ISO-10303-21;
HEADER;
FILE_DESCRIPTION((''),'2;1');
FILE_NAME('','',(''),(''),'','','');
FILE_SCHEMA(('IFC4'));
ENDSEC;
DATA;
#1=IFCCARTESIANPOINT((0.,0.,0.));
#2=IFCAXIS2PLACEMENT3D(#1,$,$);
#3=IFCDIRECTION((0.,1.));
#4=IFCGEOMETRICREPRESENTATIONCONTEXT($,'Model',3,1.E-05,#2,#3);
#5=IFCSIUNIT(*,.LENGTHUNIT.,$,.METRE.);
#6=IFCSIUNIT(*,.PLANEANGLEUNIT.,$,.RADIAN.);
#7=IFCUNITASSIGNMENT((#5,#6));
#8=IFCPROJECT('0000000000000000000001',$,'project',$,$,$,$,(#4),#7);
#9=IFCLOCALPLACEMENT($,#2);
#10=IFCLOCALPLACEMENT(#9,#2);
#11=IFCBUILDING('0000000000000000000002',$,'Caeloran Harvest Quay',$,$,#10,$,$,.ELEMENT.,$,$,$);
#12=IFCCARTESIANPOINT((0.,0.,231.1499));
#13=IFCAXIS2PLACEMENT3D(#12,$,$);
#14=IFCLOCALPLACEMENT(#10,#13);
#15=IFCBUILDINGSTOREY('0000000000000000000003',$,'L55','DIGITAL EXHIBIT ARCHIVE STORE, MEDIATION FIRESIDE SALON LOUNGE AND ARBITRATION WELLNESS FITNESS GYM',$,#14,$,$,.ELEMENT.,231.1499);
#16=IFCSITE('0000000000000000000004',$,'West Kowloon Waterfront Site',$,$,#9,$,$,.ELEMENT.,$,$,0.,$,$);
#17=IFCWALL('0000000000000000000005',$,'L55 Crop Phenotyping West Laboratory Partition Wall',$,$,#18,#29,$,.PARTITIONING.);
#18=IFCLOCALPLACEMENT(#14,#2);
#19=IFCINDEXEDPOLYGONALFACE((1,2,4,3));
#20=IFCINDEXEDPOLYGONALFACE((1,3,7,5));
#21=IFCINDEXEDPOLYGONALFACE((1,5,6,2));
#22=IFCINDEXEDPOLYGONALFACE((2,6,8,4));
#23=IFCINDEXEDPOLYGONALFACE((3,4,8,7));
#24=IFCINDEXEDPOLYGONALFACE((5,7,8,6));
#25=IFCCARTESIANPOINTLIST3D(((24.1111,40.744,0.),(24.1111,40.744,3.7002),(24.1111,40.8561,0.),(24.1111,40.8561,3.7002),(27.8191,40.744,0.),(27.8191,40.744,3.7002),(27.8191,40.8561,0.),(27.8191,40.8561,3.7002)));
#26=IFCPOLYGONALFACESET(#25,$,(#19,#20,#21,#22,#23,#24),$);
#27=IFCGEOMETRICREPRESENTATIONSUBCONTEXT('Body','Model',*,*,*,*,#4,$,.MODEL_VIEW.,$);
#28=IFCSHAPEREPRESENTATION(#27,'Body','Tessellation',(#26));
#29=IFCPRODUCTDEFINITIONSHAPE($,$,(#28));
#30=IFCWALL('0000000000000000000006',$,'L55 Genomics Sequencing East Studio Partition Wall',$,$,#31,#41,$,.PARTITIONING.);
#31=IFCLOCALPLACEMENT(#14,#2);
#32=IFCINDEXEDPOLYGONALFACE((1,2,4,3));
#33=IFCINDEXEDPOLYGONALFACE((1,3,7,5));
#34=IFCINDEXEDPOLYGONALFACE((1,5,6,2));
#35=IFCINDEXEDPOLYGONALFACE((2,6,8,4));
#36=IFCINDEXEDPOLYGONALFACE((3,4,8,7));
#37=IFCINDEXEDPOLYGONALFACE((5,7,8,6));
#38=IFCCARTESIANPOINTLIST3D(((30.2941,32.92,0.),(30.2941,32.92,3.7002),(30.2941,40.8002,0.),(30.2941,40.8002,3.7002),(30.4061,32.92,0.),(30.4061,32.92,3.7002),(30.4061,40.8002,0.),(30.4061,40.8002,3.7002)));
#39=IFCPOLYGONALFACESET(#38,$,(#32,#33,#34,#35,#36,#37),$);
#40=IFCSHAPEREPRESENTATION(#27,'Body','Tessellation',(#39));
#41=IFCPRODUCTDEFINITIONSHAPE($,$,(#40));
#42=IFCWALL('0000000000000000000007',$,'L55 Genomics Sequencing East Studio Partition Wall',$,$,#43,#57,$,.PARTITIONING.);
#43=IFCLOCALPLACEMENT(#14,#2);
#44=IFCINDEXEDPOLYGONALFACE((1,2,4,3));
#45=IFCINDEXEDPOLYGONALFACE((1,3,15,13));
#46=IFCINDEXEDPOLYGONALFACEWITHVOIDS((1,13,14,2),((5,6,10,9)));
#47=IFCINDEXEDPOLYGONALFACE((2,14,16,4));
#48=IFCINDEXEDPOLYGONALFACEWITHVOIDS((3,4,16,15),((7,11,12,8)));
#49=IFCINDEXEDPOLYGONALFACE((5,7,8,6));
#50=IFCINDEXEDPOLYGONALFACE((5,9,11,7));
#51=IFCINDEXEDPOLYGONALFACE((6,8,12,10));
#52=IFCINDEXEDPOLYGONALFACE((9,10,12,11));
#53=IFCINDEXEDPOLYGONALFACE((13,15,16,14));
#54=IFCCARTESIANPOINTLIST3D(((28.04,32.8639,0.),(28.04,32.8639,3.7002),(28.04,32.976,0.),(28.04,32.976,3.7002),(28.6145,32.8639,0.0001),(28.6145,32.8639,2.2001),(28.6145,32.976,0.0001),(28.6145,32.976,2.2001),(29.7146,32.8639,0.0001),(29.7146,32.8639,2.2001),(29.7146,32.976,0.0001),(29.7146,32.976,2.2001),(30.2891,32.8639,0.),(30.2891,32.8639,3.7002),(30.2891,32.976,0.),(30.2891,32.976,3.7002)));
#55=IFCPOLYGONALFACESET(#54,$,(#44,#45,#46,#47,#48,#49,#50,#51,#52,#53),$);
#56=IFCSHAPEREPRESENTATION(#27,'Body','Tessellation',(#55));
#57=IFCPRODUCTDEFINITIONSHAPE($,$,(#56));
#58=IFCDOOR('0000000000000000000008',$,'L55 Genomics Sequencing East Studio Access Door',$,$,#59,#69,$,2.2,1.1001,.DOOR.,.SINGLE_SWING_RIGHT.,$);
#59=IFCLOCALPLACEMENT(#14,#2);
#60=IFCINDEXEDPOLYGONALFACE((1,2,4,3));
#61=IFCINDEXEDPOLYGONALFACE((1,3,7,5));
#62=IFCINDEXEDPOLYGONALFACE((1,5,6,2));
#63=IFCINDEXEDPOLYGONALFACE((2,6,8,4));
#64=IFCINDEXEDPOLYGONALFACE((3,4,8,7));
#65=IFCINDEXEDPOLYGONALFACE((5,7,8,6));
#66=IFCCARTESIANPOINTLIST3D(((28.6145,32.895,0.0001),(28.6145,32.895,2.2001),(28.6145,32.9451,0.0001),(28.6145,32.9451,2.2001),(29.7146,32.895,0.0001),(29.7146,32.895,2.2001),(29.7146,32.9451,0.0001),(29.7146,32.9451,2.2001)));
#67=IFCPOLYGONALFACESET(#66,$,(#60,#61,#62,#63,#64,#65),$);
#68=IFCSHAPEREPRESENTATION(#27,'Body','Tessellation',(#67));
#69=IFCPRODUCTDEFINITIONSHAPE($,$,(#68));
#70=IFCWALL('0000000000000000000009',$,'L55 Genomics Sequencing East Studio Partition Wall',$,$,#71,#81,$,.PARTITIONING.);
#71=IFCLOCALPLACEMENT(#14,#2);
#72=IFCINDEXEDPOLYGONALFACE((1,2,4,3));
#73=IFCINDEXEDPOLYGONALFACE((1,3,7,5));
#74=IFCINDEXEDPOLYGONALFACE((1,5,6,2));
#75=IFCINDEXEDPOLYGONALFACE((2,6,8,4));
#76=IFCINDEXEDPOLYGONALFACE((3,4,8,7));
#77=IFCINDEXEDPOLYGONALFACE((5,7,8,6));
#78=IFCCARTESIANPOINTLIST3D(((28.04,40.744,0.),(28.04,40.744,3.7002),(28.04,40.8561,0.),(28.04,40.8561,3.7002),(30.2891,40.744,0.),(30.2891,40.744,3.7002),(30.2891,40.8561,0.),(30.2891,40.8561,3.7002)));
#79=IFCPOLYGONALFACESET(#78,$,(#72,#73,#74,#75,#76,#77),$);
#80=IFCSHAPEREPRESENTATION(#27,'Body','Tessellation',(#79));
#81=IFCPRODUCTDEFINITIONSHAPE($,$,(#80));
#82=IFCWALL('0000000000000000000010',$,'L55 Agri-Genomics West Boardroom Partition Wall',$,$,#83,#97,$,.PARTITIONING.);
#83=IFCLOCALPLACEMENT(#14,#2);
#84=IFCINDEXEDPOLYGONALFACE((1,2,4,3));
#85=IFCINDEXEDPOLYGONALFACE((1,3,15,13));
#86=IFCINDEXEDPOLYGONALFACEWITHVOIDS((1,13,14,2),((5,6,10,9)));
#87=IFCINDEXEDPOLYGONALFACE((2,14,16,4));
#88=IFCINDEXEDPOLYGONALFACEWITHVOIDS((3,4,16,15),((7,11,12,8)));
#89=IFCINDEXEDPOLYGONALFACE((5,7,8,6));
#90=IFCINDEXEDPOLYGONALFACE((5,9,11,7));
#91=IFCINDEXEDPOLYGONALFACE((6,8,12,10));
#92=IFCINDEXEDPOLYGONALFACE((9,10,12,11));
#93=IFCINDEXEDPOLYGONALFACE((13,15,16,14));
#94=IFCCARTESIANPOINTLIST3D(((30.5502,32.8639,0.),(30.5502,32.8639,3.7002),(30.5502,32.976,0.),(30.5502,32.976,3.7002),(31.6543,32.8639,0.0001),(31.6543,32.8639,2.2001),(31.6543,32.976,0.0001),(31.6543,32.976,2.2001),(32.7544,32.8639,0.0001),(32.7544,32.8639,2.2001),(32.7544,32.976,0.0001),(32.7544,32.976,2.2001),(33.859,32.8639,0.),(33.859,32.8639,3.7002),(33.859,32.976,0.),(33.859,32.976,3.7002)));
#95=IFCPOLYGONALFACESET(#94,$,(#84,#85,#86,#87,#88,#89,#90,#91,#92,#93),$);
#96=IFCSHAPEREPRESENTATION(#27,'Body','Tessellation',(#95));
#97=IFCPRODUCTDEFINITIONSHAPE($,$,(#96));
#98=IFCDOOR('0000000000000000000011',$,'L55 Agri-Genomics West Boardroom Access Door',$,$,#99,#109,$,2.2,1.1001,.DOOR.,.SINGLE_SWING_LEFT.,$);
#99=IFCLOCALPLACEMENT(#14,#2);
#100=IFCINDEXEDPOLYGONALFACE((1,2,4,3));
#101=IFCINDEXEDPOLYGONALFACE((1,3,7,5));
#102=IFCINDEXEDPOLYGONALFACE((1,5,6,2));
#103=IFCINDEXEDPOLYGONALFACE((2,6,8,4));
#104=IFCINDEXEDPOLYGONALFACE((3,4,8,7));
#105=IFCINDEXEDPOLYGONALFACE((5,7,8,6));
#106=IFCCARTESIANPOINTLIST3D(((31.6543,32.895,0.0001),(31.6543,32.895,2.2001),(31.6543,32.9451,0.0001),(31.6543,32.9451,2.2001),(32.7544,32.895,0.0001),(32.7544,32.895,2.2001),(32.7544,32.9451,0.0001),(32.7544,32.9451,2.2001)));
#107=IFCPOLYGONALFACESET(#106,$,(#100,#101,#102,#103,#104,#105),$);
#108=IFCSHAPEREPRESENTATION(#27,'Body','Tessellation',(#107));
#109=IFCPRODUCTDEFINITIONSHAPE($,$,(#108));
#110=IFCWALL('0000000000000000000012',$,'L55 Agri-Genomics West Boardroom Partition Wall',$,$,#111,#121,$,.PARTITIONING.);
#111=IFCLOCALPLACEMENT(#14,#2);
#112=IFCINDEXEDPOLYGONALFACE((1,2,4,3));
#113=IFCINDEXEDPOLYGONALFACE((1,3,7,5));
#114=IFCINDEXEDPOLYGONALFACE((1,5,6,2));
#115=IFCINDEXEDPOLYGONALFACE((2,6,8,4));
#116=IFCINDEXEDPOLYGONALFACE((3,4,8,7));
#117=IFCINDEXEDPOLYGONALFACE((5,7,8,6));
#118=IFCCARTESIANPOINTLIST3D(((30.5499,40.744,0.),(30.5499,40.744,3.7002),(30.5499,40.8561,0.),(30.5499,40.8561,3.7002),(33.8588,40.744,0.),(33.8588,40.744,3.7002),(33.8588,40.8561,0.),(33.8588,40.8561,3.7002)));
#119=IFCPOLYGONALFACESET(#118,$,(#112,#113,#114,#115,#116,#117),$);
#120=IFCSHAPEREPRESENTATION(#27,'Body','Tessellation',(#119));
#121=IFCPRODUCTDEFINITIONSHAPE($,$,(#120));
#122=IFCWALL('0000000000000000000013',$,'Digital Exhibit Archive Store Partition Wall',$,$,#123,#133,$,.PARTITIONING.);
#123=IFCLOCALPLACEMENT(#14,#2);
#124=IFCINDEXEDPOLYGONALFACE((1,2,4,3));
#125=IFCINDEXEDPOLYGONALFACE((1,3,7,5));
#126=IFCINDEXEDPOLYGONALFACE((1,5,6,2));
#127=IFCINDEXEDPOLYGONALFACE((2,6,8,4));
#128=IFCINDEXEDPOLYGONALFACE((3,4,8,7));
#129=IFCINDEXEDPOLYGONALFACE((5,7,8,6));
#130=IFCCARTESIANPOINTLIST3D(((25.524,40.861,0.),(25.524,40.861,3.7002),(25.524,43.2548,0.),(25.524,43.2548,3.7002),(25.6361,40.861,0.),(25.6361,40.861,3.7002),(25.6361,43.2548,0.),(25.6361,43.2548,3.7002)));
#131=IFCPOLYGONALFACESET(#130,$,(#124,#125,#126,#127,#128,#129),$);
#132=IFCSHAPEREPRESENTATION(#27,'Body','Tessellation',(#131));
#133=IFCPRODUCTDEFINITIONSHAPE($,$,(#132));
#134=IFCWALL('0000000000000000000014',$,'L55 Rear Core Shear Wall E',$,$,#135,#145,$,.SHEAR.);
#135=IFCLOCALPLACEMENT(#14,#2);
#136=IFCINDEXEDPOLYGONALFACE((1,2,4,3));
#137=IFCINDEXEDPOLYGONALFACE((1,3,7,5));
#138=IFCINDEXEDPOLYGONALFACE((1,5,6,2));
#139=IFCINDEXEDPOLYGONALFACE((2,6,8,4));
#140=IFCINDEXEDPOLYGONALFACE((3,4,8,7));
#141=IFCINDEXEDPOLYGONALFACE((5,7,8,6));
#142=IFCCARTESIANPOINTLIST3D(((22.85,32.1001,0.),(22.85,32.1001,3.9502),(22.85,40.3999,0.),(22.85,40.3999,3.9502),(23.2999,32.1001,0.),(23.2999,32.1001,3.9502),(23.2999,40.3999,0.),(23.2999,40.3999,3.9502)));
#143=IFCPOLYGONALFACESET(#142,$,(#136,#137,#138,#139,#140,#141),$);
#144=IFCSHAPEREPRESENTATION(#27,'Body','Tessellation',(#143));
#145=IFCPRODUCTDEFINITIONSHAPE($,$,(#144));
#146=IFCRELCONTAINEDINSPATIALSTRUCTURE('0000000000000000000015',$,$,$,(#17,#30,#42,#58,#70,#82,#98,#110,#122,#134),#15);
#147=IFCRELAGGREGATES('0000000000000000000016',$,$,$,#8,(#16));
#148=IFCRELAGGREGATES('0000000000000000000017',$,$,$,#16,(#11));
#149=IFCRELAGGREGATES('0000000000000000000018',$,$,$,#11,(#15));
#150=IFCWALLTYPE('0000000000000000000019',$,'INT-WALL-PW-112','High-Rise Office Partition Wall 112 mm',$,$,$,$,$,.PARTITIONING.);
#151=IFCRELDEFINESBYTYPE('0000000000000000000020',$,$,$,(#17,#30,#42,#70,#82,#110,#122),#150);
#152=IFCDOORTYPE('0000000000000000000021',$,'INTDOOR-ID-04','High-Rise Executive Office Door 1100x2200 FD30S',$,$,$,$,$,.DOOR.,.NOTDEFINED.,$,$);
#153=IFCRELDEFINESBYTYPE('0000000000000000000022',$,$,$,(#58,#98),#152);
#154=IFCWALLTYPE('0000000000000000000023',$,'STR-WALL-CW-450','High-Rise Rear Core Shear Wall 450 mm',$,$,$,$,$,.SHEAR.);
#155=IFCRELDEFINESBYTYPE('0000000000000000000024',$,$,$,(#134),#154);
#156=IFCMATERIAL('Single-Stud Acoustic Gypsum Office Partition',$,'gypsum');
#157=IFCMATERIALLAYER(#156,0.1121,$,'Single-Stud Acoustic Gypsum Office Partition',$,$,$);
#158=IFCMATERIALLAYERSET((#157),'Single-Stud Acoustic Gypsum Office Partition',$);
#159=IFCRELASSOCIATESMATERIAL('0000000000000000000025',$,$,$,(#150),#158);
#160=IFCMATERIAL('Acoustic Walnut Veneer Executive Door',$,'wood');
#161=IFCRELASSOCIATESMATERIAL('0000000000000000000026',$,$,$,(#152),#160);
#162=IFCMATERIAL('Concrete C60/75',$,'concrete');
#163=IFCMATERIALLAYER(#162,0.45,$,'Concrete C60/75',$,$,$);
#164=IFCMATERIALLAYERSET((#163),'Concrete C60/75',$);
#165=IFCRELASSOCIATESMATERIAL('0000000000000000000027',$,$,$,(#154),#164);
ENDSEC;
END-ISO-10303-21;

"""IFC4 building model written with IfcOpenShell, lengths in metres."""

from ifc_helpers import new_model, si_unit, direction, frame, frame_2d, origin, place, context, subcontext, project, spatial, rectangle, extrude, material, layer, layer_set, type_object, element, fill, save


model = new_model("IFC4")

# Units and contexts
model_context = context("Model", 3, precision=1e-05, world=origin(), true_north=direction((0.0, 1.0)))
body_context = subcontext(model_context, "Body", "Model", "MODEL_VIEW")
ifc_project = project(units=[si_unit("LENGTHUNIT", "METRE"), si_unit("PLANEANGLEUNIT", "RADIAN")], contexts=[model_context])

# Site, building, storey
site_placement = place(None, origin())
site = spatial("IfcSite", under=ifc_project, at=site_placement, Name="West Kowloon Waterfront Site", CompositionType="ELEMENT", RefElevation=0.0)
building_placement = place(site_placement, origin())
building = spatial("IfcBuilding", under=site, at=building_placement, Name="Caeloran Harvest Quay", CompositionType="ELEMENT")
storey_placement = place(building_placement, frame((0.0, 0.0, 231.1499)))
storey = spatial("IfcBuildingStorey", under=building, at=storey_placement, Name="L55", Description="DIGITAL EXHIBIT ARCHIVE STORE, MEDIATION FIRESIDE SALON LOUNGE AND ARBITRATION WELLNESS FITNESS GYM", CompositionType="ELEMENT", Elevation=231.1499)

# Shared definitions
ifc_material_1 = material(Name="Concrete C60/75", Category="concrete")

# Shared definitions
ifc_material_2 = material(Name="Single-Stud Acoustic Gypsum Office Partition", Category="gypsum")
ifc_layer_1 = layer(ifc_material_2, 0.1121, Name="Single-Stud Acoustic Gypsum Office Partition")
ifc_layer_set_1 = layer_set([ifc_layer_1], Name="Single-Stud Acoustic Gypsum Office Partition")
wall_type_1 = type_object("IfcWallType", Name="INT-WALL-PW-112", Description="High-Rise Office Partition Wall 112 mm", PredefinedType="PARTITIONING", material=ifc_layer_set_1)

# Shared definitions
ifc_material_3 = material(Name="Acoustic Walnut Veneer Executive Door", Category="wood")
door_type = type_object("IfcDoorType", Name="INTDOOR-ID-04", Description="High-Rise Executive Office Door 1100x2200 FD30S", OperationType="NOTDEFINED", PredefinedType="DOOR", material=ifc_material_3)

# Walls
wall_1_placement = place(storey_placement, frame((24.1111, 40.8, 0.0), z_axis=(0.0, 0.0, 1.0), x_axis=(1.0, 0.0, 0.0)))
element("IfcWall", 1, at=wall_1_placement, inside=storey, type_object=wall_type_1, Name="L55 Crop Phenotyping West Laboratory Partition Wall", PredefinedType="PARTITIONING", context=body_context, shape_type="SweptSolid", body=[
    extrude(rectangle(XDim=3.708, YDim=0.1121, at=frame_2d((1.854, 0.0))), origin(), (0.0, 0.0, 1.0), 3.7002),
])
wall_2_placement = place(storey_placement, frame((30.3501, 40.8, 0.0), z_axis=(0.0, 0.0, 1.0), x_axis=(0.0, -1.0, 0.0)))
element("IfcWall", 2, at=wall_2_placement, inside=storey, type_object=wall_type_1, Name="L55 Genomics Sequencing East Studio Partition Wall", PredefinedType="PARTITIONING", context=body_context, shape_type="SweptSolid", body=[
    extrude(rectangle(XDim=7.8801, YDim=0.1121, at=frame_2d((3.9399, 0.0))), origin(), (0.0, 0.0, 1.0), 3.7002),
])

# Wall, opening, door
wall_3_placement = place(storey_placement, frame((30.2891, 32.9199, 0.0), z_axis=(0.0, 0.0, 1.0), x_axis=(-1.0, 0.0, 0.0)))
wall_3 = element("IfcWall", 3, at=wall_3_placement, inside=storey, type_object=wall_type_1, Name="L55 Genomics Sequencing East Studio Partition Wall", PredefinedType="PARTITIONING", context=body_context, shape_type="SweptSolid", body=[
    extrude(rectangle(XDim=2.249, YDim=0.1121, at=frame_2d((1.1245, 0.0))), origin(), (0.0, 0.0, 1.0), 3.7002),
])
opening_1_placement = place(wall_3_placement, frame((0.5745, 0.0, 0.0)))
opening_1 = element("IfcOpeningElement", 4, at=opening_1_placement, cuts=wall_3, PredefinedType="OPENING", context=body_context, shape_type="SweptSolid", body=[
    extrude(rectangle(XDim=1.1001, YDim=2.2, at=frame_2d((0.55, 1.1001))), frame((0.0, 0.0659, 0.0), z_axis=(0.0, -1.0, 0.0), x_axis=(1.0, 0.0, 0.0)), (0.0, 0.0, 1.0), 0.1321),
])
door_1_placement = place(opening_1_placement, origin())
door_1 = element("IfcDoor", 5, at=door_1_placement, inside=storey, type_object=door_type, Name="L55 Genomics Sequencing East Studio Access Door", OperationType="SINGLE_SWING_RIGHT", OverallHeight=2.2, OverallWidth=1.1001, PredefinedType="DOOR", context=body_context, shape_type="SweptSolid", body=[
    extrude(rectangle(XDim=1.1001, YDim=2.2, at=frame_2d((0.55, 1.1001))), frame((0.0, 0.0249, 0.0), z_axis=(0.0, -1.0, 0.0), x_axis=(1.0, 0.0, 0.0)), (0.0, 0.0, 1.0), 0.05),
])
fill(opening_1, door_1)

# Wall
wall_4_placement = place(storey_placement, frame((28.04, 40.8, 0.0), z_axis=(0.0, 0.0, 1.0), x_axis=(1.0, 0.0, 0.0)))
element("IfcWall", 6, at=wall_4_placement, inside=storey, type_object=wall_type_1, Name="L55 Genomics Sequencing East Studio Partition Wall", PredefinedType="PARTITIONING", context=body_context, shape_type="SweptSolid", body=[
    extrude(rectangle(XDim=2.249, YDim=0.1121, at=frame_2d((1.1245, 0.0))), origin(), (0.0, 0.0, 1.0), 3.7002),
])

# Wall, opening, door
wall_5_placement = place(storey_placement, frame((33.8589, 32.9199, 0.0), z_axis=(0.0, 0.0, 1.0), x_axis=(-1.0, 0.0, 0.0)))
wall_5 = element("IfcWall", 7, at=wall_5_placement, inside=storey, type_object=wall_type_1, Name="L55 Agri-Genomics West Boardroom Partition Wall", PredefinedType="PARTITIONING", context=body_context, shape_type="SweptSolid", body=[
    extrude(rectangle(XDim=3.3088, YDim=0.1121, at=frame_2d((1.6543, 0.0))), origin(), (0.0, 0.0, 1.0), 3.7002),
])
opening_2_placement = place(wall_5_placement, frame((1.1045, 0.0, 0.0)))
opening_2 = element("IfcOpeningElement", 8, at=opening_2_placement, cuts=wall_5, PredefinedType="OPENING", context=body_context, shape_type="SweptSolid", body=[
    extrude(rectangle(XDim=1.1001, YDim=2.2, at=frame_2d((0.55, 1.1001))), frame((0.0, 0.0659, 0.0), z_axis=(0.0, -1.0, 0.0), x_axis=(1.0, 0.0, 0.0)), (0.0, 0.0, 1.0), 0.1321),
])
door_2_placement = place(opening_2_placement, origin())
door_2 = element("IfcDoor", 9, at=door_2_placement, inside=storey, type_object=door_type, Name="L55 Agri-Genomics West Boardroom Access Door", OperationType="SINGLE_SWING_LEFT", OverallHeight=2.2, OverallWidth=1.1001, PredefinedType="DOOR", context=body_context, shape_type="SweptSolid", body=[
    extrude(rectangle(XDim=1.1001, YDim=2.2, at=frame_2d((0.55, 1.1001))), frame((0.0, 0.0249, 0.0), z_axis=(0.0, -1.0, 0.0), x_axis=(1.0, 0.0, 0.0)), (0.0, 0.0, 1.0), 0.05),
])
fill(opening_2, door_2)

# Walls
wall_6_placement = place(storey_placement, frame((30.55, 40.8, 0.0), z_axis=(0.0, 0.0, 1.0), x_axis=(1.0, 0.0, 0.0)))
element("IfcWall", 10, at=wall_6_placement, inside=storey, type_object=wall_type_1, Name="L55 Agri-Genomics West Boardroom Partition Wall", PredefinedType="PARTITIONING", context=body_context, shape_type="SweptSolid", body=[
    extrude(rectangle(XDim=3.3088, YDim=0.1121, at=frame_2d((1.6543, 0.0))), origin(), (0.0, 0.0, 1.0), 3.7002),
])
wall_7_placement = place(storey_placement, frame((25.5801, 40.8611, 0.0), z_axis=(0.0, 0.0, 1.0), x_axis=(0.0, 1.0, 0.0)))
element("IfcWall", 11, at=wall_7_placement, inside=storey, type_object=wall_type_1, Name="Digital Exhibit Archive Store Partition Wall", PredefinedType="PARTITIONING", context=body_context, shape_type="SweptSolid", body=[
    extrude(rectangle(XDim=2.3938, YDim=0.1121, at=frame_2d((1.1968, 0.0))), origin(), (0.0, 0.0, 1.0), 3.7002),
])
ifc_layer_2 = layer(ifc_material_1, 0.45, Name="Concrete C60/75")
ifc_layer_set_2 = layer_set([ifc_layer_2], Name="Concrete C60/75")
wall_type_2 = type_object("IfcWallType", Name="STR-WALL-CW-450", Description="High-Rise Rear Core Shear Wall 450 mm", PredefinedType="SHEAR", material=ifc_layer_set_2)
wall_8_placement = place(storey_placement, frame((23.075, 32.1001, 0.0), z_axis=(0.0, 0.0, 1.0), x_axis=(0.0, 1.0, 0.0)))
element("IfcWall", 12, at=wall_8_placement, inside=storey, type_object=wall_type_2, Name="L55 Rear Core Shear Wall E", PredefinedType="SHEAR", context=body_context, shape_type="SweptSolid", body=[
    extrude(rectangle(XDim=8.2998, YDim=0.45, at=frame_2d((4.1499, 0.0))), origin(), (0.0, 0.0, 1.0), 3.9502),
])

save(model, "model.ifc")
